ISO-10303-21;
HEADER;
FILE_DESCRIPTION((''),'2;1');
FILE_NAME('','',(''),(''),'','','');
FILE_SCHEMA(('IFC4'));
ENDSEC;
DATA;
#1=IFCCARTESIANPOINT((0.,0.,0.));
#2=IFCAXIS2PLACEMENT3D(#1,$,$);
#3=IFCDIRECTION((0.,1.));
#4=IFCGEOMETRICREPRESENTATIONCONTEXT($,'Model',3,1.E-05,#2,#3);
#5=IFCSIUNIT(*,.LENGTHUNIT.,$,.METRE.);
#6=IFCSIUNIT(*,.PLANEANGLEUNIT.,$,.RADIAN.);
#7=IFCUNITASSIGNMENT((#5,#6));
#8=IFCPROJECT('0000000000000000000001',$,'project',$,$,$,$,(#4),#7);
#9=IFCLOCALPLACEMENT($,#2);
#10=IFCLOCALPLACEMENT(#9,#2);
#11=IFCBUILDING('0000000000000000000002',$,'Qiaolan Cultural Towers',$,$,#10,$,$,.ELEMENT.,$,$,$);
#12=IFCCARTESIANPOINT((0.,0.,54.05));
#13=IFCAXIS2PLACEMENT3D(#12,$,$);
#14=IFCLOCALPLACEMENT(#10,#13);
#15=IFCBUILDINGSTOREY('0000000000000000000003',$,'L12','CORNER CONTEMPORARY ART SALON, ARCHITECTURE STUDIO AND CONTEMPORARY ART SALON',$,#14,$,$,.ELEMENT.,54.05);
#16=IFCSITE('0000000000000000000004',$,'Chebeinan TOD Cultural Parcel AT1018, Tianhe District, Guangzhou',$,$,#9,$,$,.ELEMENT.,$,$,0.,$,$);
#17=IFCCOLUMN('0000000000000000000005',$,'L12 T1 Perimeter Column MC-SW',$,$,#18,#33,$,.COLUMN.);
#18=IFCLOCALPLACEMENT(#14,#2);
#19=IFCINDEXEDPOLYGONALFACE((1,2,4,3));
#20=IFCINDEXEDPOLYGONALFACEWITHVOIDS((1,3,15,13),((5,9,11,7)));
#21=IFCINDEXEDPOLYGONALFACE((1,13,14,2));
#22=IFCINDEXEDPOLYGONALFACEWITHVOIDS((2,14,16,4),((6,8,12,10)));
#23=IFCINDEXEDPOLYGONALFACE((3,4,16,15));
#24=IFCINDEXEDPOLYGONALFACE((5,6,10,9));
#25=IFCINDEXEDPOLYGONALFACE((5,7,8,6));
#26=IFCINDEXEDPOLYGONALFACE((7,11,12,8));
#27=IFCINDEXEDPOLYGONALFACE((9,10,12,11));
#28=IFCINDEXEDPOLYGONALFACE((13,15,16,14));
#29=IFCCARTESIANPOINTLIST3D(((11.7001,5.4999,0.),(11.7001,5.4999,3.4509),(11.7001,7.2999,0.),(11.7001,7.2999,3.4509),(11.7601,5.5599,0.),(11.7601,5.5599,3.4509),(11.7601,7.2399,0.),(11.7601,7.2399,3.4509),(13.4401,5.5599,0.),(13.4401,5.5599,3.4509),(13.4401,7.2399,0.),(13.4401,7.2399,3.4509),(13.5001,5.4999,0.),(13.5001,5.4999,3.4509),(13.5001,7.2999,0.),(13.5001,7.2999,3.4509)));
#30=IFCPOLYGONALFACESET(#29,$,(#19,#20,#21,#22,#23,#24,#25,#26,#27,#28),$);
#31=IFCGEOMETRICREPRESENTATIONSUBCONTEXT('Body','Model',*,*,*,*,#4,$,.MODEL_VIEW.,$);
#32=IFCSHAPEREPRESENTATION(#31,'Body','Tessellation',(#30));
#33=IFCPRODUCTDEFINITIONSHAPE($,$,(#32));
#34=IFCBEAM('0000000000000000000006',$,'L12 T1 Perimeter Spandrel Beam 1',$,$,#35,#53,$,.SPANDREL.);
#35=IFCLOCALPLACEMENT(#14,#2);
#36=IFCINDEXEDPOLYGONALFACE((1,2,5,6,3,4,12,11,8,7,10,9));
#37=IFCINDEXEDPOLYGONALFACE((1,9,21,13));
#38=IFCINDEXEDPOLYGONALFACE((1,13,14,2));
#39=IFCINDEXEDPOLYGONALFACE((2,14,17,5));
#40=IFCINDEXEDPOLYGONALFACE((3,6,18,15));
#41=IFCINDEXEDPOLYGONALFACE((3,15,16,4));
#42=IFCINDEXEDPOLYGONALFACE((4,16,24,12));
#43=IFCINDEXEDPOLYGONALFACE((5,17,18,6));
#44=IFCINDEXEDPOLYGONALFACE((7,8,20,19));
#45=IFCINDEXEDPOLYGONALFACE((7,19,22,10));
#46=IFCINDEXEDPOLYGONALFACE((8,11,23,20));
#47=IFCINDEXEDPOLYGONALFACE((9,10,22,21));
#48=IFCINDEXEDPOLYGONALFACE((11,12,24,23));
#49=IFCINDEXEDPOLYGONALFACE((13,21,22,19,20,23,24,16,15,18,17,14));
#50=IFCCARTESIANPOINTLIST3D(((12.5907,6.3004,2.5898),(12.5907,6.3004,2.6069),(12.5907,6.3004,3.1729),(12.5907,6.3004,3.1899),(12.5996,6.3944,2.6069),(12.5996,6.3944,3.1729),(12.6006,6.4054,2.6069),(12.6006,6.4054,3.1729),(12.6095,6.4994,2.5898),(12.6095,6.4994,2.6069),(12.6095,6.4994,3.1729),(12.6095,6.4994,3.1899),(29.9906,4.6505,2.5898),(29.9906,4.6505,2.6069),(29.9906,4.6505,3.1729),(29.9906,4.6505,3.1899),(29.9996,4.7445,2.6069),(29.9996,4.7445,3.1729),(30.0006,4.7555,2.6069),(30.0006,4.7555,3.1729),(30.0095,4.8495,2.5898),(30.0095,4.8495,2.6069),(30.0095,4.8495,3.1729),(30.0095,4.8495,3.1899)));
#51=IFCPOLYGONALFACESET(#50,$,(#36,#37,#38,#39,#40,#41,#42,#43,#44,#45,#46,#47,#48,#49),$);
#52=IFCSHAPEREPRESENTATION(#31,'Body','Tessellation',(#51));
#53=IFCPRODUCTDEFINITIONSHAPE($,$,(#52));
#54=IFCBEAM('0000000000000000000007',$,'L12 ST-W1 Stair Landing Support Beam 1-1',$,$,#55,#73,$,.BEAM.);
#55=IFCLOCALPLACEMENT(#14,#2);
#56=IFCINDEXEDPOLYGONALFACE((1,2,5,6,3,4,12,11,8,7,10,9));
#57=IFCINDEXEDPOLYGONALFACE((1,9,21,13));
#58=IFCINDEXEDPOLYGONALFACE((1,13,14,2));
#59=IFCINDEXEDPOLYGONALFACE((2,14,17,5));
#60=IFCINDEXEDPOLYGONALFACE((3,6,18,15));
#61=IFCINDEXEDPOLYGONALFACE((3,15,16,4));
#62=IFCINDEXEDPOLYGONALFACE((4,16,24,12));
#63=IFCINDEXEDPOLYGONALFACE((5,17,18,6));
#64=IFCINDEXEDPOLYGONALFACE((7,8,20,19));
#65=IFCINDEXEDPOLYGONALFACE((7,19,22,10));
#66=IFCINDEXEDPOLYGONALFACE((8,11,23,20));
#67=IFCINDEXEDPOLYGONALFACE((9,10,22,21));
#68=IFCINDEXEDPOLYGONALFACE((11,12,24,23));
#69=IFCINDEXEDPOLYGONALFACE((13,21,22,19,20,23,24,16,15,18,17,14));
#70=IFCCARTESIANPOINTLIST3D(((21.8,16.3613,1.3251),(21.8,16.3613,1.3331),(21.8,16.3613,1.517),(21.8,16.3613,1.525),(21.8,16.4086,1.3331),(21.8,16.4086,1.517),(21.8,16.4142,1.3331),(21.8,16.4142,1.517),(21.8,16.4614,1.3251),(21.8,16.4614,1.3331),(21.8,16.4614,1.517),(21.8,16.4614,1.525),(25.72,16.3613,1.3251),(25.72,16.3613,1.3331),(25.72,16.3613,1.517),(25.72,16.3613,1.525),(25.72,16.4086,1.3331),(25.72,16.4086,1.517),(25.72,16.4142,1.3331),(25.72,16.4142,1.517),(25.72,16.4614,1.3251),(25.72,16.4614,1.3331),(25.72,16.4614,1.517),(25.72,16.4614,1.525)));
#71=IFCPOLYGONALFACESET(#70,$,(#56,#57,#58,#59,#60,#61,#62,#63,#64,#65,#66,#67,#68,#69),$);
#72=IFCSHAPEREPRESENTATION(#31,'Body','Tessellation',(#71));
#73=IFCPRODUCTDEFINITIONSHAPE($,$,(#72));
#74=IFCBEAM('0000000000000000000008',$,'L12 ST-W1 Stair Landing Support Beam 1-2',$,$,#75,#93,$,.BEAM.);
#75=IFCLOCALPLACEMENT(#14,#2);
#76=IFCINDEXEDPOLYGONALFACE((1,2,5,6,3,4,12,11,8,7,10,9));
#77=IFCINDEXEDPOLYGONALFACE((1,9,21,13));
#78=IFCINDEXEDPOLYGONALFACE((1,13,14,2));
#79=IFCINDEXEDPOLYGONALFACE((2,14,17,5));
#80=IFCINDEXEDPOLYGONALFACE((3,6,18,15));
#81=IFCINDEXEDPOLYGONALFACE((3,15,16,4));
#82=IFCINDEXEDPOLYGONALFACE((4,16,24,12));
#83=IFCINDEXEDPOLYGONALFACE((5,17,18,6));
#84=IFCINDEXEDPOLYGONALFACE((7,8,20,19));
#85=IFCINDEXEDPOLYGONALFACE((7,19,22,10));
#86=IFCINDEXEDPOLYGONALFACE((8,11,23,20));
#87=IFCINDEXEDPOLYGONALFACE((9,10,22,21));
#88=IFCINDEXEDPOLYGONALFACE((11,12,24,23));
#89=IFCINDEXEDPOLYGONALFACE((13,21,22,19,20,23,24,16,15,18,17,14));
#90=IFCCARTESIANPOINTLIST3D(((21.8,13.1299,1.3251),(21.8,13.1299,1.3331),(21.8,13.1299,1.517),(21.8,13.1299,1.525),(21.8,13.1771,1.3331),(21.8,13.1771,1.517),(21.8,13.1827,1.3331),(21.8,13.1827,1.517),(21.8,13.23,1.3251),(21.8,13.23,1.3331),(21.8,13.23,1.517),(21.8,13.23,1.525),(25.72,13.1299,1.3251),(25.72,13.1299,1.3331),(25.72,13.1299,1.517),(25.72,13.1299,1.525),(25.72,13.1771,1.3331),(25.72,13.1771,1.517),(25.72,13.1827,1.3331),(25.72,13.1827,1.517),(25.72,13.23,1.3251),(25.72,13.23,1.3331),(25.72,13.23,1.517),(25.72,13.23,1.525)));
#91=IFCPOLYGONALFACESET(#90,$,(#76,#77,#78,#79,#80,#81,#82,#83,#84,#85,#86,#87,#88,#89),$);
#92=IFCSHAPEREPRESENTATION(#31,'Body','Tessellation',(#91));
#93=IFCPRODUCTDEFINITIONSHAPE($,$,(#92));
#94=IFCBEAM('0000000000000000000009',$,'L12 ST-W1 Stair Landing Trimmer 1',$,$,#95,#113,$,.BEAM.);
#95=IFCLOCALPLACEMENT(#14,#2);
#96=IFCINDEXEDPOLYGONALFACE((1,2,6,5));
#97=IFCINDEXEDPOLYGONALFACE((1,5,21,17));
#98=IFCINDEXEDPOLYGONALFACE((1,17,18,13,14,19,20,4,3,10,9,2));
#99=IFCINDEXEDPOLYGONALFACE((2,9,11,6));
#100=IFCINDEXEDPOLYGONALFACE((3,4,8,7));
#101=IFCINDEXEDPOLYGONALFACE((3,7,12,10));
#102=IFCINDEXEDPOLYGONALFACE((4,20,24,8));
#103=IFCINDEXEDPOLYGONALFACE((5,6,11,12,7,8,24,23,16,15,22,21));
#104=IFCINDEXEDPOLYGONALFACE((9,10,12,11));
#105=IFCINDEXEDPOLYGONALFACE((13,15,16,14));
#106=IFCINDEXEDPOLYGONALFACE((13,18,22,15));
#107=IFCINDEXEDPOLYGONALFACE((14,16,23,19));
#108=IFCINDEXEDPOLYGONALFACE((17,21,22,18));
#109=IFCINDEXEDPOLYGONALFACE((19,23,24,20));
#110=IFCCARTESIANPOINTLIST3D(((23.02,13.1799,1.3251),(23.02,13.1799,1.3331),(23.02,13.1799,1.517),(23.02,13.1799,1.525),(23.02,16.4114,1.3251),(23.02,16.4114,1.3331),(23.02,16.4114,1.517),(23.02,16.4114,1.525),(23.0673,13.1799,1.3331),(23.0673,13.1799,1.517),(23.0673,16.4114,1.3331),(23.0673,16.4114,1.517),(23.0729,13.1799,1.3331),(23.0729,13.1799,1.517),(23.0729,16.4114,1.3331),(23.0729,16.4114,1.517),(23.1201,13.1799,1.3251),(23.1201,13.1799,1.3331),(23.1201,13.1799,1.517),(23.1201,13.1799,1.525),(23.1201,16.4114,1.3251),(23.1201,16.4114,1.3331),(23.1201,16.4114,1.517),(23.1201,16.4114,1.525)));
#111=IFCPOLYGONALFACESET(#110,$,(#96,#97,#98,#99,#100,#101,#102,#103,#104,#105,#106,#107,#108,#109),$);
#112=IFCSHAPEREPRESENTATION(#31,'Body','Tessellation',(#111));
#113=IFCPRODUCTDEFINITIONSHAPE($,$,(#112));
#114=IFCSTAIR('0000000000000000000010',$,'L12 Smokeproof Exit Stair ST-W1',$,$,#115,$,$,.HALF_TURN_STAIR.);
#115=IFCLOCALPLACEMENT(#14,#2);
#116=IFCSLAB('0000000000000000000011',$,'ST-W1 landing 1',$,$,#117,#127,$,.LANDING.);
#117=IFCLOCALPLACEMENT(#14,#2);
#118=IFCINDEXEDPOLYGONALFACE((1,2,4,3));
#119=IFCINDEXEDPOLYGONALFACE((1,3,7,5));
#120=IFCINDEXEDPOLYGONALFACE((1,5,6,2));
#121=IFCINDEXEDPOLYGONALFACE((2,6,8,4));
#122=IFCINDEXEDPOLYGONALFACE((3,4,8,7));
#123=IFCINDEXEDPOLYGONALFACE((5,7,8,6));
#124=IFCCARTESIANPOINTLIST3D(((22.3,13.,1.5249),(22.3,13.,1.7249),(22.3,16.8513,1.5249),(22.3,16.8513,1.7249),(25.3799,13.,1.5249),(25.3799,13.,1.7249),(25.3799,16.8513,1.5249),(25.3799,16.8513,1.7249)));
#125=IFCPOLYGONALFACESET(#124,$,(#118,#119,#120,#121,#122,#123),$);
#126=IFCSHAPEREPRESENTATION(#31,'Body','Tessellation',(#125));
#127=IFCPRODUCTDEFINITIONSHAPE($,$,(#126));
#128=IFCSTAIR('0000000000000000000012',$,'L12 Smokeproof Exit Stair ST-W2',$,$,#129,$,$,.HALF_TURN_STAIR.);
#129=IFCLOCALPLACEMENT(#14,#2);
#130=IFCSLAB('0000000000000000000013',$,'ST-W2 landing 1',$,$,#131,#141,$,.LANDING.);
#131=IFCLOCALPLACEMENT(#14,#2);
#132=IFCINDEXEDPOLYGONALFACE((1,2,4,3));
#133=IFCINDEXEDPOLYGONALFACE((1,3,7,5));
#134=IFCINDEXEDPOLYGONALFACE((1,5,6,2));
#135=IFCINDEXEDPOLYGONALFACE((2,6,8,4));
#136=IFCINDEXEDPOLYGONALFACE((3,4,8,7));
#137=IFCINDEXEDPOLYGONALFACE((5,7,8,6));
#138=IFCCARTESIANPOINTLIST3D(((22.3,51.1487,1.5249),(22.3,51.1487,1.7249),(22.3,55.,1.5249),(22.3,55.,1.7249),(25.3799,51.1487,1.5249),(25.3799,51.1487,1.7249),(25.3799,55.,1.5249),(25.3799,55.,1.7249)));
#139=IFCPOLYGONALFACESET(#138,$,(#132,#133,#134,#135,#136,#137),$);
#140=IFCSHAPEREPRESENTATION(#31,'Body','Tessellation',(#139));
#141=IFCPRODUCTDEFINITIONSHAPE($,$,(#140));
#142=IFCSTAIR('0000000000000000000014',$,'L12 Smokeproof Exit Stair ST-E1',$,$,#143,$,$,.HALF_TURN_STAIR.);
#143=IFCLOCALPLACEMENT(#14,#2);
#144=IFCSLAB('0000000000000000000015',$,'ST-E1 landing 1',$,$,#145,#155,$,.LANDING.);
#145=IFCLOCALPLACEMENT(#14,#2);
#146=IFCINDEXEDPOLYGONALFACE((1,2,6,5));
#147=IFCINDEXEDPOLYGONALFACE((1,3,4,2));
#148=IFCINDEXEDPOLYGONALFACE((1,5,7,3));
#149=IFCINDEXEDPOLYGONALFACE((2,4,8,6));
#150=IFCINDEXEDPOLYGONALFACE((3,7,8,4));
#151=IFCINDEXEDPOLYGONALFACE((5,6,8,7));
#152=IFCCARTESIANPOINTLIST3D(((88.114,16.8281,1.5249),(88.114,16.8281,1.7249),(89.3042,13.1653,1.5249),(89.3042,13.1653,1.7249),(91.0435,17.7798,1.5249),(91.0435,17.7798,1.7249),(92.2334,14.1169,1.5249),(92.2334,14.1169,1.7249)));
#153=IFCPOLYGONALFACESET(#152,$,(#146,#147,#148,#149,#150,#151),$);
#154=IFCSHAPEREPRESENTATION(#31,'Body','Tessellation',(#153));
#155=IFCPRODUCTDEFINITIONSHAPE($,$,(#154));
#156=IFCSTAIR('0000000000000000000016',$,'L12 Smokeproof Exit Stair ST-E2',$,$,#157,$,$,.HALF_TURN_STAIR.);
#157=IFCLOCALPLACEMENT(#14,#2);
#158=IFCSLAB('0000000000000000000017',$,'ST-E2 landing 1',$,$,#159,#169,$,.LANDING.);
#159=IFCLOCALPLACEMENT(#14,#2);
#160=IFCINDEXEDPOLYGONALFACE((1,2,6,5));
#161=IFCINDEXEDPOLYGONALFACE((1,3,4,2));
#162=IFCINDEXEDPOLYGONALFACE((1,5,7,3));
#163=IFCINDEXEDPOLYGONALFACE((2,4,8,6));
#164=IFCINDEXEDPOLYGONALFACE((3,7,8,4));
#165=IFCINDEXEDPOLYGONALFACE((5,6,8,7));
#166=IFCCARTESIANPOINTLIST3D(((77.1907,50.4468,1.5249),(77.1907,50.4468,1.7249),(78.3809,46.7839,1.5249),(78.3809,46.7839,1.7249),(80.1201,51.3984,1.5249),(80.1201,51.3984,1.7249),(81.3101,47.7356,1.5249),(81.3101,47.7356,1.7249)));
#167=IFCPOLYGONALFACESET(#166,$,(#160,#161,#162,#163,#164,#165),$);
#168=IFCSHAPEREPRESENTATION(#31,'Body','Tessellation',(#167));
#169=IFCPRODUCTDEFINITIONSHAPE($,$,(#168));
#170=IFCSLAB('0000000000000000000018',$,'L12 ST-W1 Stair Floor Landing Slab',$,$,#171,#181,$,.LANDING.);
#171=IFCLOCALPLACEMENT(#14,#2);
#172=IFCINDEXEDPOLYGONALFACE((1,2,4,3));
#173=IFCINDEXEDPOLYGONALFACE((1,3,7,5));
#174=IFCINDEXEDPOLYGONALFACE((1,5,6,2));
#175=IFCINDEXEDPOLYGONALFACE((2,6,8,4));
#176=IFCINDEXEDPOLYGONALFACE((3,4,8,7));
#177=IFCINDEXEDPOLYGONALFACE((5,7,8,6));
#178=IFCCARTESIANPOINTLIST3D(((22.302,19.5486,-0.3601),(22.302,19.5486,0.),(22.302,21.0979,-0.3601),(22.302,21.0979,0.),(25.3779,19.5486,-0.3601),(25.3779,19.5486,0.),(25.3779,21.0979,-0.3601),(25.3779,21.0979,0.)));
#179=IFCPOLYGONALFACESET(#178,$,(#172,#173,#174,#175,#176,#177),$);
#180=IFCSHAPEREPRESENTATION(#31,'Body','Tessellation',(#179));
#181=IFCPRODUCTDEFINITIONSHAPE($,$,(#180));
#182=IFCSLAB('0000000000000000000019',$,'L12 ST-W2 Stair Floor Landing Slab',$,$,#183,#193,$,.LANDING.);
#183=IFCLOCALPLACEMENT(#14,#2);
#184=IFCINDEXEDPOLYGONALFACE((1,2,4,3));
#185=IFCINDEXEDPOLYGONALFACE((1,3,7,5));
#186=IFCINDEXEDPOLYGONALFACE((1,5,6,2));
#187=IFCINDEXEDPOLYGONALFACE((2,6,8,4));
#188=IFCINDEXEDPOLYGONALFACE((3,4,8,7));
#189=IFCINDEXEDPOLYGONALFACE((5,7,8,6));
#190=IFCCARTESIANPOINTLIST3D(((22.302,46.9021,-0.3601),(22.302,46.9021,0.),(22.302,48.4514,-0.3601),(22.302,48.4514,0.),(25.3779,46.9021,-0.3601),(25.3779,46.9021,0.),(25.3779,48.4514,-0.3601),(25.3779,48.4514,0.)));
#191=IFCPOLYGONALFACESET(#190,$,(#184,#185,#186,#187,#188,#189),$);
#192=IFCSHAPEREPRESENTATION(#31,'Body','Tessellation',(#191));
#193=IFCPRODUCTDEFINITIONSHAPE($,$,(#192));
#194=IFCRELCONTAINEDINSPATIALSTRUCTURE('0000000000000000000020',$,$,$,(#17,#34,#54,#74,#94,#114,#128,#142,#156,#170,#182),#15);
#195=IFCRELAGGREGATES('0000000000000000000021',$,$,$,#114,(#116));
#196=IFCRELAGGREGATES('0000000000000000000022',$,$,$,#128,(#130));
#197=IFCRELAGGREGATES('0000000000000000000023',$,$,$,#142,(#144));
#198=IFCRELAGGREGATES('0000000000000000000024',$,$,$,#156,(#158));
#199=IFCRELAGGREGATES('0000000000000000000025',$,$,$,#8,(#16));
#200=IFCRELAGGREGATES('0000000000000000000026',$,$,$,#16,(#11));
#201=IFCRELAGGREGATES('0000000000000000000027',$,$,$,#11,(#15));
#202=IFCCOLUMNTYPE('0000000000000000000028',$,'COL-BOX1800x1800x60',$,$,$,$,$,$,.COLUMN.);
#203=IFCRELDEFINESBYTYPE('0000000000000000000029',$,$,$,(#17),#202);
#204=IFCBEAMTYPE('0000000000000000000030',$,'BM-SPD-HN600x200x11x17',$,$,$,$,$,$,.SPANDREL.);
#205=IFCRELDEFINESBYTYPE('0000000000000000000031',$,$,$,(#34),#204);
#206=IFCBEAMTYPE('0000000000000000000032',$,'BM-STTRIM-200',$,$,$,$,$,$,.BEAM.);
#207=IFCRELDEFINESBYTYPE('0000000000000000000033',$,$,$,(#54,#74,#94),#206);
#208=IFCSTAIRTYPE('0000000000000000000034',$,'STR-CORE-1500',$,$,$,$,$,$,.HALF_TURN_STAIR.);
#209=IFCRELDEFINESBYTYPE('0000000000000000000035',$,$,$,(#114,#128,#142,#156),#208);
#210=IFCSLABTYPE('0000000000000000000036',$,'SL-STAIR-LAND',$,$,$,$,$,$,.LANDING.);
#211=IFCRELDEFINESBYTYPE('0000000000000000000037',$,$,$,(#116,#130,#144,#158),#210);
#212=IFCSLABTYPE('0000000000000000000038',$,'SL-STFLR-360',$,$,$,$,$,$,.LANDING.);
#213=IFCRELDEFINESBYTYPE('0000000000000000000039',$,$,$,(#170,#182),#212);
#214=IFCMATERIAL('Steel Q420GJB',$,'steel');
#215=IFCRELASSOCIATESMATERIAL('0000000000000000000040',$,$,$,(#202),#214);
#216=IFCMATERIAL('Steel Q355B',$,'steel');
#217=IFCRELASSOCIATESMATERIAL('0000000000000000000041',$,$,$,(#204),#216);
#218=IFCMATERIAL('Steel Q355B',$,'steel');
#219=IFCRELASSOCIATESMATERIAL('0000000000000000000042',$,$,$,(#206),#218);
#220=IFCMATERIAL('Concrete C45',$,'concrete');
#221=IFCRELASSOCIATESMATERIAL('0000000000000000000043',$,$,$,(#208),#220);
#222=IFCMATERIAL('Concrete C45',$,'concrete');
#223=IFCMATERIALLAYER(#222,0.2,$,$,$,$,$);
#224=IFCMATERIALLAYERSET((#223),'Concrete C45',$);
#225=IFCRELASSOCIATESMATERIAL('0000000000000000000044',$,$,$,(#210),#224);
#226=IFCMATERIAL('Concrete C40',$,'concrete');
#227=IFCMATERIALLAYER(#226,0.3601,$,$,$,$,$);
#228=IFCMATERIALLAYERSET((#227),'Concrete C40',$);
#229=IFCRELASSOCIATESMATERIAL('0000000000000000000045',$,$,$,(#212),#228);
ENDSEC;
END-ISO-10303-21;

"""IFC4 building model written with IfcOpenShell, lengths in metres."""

from ifc_helpers import new_model, si_unit, direction, frame, origin, origin_2d, place, context, subcontext, project, spatial, polyline, hollow_rectangle, i_section, outline, extrude, material, layer, layer_set, material_profile, profile_set, type_object, element, aggregate, save


model = new_model("IFC4")

# Units and contexts
model_context = context("Model", 3, precision=1e-05, world=origin(), true_north=direction((0.0, 1.0)))
body_context = subcontext(model_context, "Body", "Model", "MODEL_VIEW")
ifc_project = project(units=[si_unit("LENGTHUNIT", "METRE"), si_unit("PLANEANGLEUNIT", "RADIAN")], contexts=[model_context])

# Site, building, storey
site_placement = place(None, origin())
site = spatial("IfcSite", under=ifc_project, at=site_placement, Name="Chebeinan TOD Cultural Parcel AT1018, Tianhe District, Guangzhou", CompositionType="ELEMENT", RefElevation=0.0)
building_placement = place(site_placement, origin())
building = spatial("IfcBuilding", under=site, at=building_placement, Name="Qiaolan Cultural Towers", CompositionType="ELEMENT")
storey_placement = place(building_placement, frame((0.0, 0.0, 54.05)))
storey = spatial("IfcBuildingStorey", under=building, at=storey_placement, Name="L12", Description="CORNER CONTEMPORARY ART SALON, ARCHITECTURE STUDIO AND CONTEMPORARY ART SALON", CompositionType="ELEMENT", Elevation=54.05)

# Column
ifc_material_1 = material(Name="Steel Q420GJB", Category="steel")
ifc_material_profile_1 = material_profile(ifc_material_1, hollow_rectangle(XDim=1.8, YDim=1.8, WallThickness=0.0601, at=origin_2d()), Name="BOX1800x1800x60")
ifc_profile_set_1 = profile_set([ifc_material_profile_1], Name="Steel Q420GJB")
column_type = type_object("IfcColumnType", Name="COL-BOX1800x1800x60", PredefinedType="COLUMN", material=ifc_profile_set_1)
column_placement = place(storey_placement, frame((12.6001, 6.3999, 0.0), z_axis=(0.0, 0.0, 1.0), x_axis=(1.0, 0.0, 0.0)))
element("IfcColumn", 1, at=column_placement, inside=storey, type_object=column_type, Name="L12 T1 Perimeter Column MC-SW", PredefinedType="COLUMN", context=body_context, shape_type="SweptSolid", body=[
    extrude(hollow_rectangle(XDim=1.8, YDim=1.8, WallThickness=0.0601, at=origin_2d()), origin(), (0.0, 0.0, 1.0), 3.4509),
])

# Beams
ifc_material_2 = material(Name="Steel Q355B", Category="steel")
ifc_material_profile_2 = material_profile(ifc_material_2, i_section(OverallWidth=0.2, OverallDepth=0.6001, WebThickness=0.011, FlangeThickness=0.0171, at=origin_2d()), Name="HN600x200x11x17")
ifc_profile_set_2 = profile_set([ifc_material_profile_2], Name="Steel Q355B")
beam_type_1 = type_object("IfcBeamType", Name="BM-SPD-HN600x200x11x17", PredefinedType="SPANDREL", material=ifc_profile_set_2)
beam_1_placement = place(storey_placement, frame((12.6001, 6.3999, 2.8899), z_axis=(0.995534, -0.094399, 0.0), x_axis=(0.094399, 0.995534, 0.0)))
element("IfcBeam", 2, at=beam_1_placement, inside=storey, type_object=beam_type_1, Name="L12 T1 Perimeter Spandrel Beam 1", PredefinedType="SPANDREL", context=body_context, shape_type="SweptSolid", body=[
    extrude(i_section(OverallWidth=0.2, OverallDepth=0.6001, WebThickness=0.011, FlangeThickness=0.0171, at=origin_2d()), origin(), (0.0, 0.0, 1.0), 17.478),
])
ifc_material_3 = material(Name="Steel Q355B", Category="steel")
ifc_material_profile_3 = material_profile(ifc_material_3, i_section(OverallWidth=0.1001, OverallDepth=0.2, WebThickness=0.0056, FlangeThickness=0.0081, at=origin_2d()), Name="HN200x100x5.5x8")
ifc_profile_set_3 = profile_set([ifc_material_profile_3], Name="Steel Q355B")
beam_type_2 = type_object("IfcBeamType", Name="BM-STTRIM-200", PredefinedType="BEAM", material=ifc_profile_set_3)
for number, where, z_axis, x_axis, name in (
    (3, (21.8, 16.4114, 1.425), (1.0, 0.0, 0.0), (0.0, 1.0, 0.0), "L12 ST-W1 Stair Landing Support Beam 1-1"),
    (4, (21.8, 13.1799, 1.425), (1.0, 0.0, 0.0), (0.0, 1.0, 0.0), "L12 ST-W1 Stair Landing Support Beam 1-2"),
):
    element("IfcBeam", number, at=place(storey_placement, frame(where, z_axis=z_axis, x_axis=x_axis)), inside=storey, type_object=beam_type_2, Name=name, PredefinedType="BEAM", context=body_context, shape_type="SweptSolid", body=[
        extrude(i_section(OverallWidth=0.1001, OverallDepth=0.2, WebThickness=0.0056, FlangeThickness=0.0081, at=origin_2d()), origin(), (0.0, 0.0, 1.0), 3.9199),
    ])
beam_2_placement = place(storey_placement, frame((23.0701, 16.4114, 1.425), z_axis=(0.0, -1.0, 0.0), x_axis=(1.0, 0.0, 0.0)))
element("IfcBeam", 5, at=beam_2_placement, inside=storey, type_object=beam_type_2, Name="L12 ST-W1 Stair Landing Trimmer 1", PredefinedType="BEAM", context=body_context, shape_type="SweptSolid", body=[
    extrude(i_section(OverallWidth=0.1001, OverallDepth=0.2, WebThickness=0.0056, FlangeThickness=0.0081, at=origin_2d()), origin(), (0.0, 0.0, 1.0), 3.2314),
])

# Stairs, slabs
ifc_material_4 = material(Name="Concrete C45", Category="concrete")
stair_type = type_object("IfcStairType", Name="STR-CORE-1500", PredefinedType="HALF_TURN_STAIR", material=ifc_material_4)
stair_1_placement = place(storey_placement, origin())
stair_1 = element("IfcStair", 6, at=stair_1_placement, inside=storey, type_object=stair_type, Name="L12 Smokeproof Exit Stair ST-W1", PredefinedType="HALF_TURN_STAIR")
ifc_material_5 = material(Name="Concrete C45", Category="concrete")
ifc_layer_1 = layer(ifc_material_5, 0.2)
ifc_layer_set_1 = layer_set([ifc_layer_1], Name="Concrete C45")
slab_type_1 = type_object("IfcSlabType", Name="SL-STAIR-LAND", PredefinedType="LANDING", material=ifc_layer_set_1)
slab_1_placement = place(storey_placement, frame((0.0, 0.0, 1.5249)))
slab_1 = element("IfcSlab", 7, at=slab_1_placement, type_object=slab_type_1, Name="ST-W1 landing 1", PredefinedType="LANDING", context=body_context, shape_type="SweptSolid", body=[
    extrude(outline(polyline([(22.3, 16.8513), (22.3, 13.0), (25.3799, 13.0), (25.3799, 16.8513), (22.3, 16.8513)])), origin(), (0.0, 0.0, 1.0), 0.2),
])
aggregate(stair_1, [slab_1])
stair_2_placement = place(storey_placement, origin())
stair_2 = element("IfcStair", 8, at=stair_2_placement, inside=storey, type_object=stair_type, Name="L12 Smokeproof Exit Stair ST-W2", PredefinedType="HALF_TURN_STAIR")
slab_2_placement = place(storey_placement, frame((0.0, 0.0, 1.5249)))
slab_2 = element("IfcSlab", 9, at=slab_2_placement, type_object=slab_type_1, Name="ST-W2 landing 1", PredefinedType="LANDING", context=body_context, shape_type="SweptSolid", body=[
    extrude(outline(polyline([(25.3799, 51.1487), (25.3799, 55.0), (22.3, 55.0), (22.3, 51.1487), (25.3799, 51.1487)])), origin(), (0.0, 0.0, 1.0), 0.2),
])
aggregate(stair_2, [slab_2])
stair_3_placement = place(storey_placement, origin())
stair_3 = element("IfcStair", 10, at=stair_3_placement, inside=storey, type_object=stair_type, Name="L12 Smokeproof Exit Stair ST-E1", PredefinedType="HALF_TURN_STAIR")
slab_3_placement = place(storey_placement, frame((0.0, 0.0, 1.5249)))
slab_3 = element("IfcSlab", 11, at=slab_3_placement, type_object=slab_type_1, Name="ST-E1 landing 1", PredefinedType="LANDING", context=body_context, shape_type="SweptSolid", body=[
    extrude(outline(polyline([(88.114, 16.8281), (89.3042, 13.1653), (92.2334, 14.1169), (91.0435, 17.7798), (88.114, 16.8281)])), origin(), (0.0, 0.0, 1.0), 0.2),
])
aggregate(stair_3, [slab_3])
stair_4_placement = place(storey_placement, origin())
stair_4 = element("IfcStair", 12, at=stair_4_placement, inside=storey, type_object=stair_type, Name="L12 Smokeproof Exit Stair ST-E2", PredefinedType="HALF_TURN_STAIR")
slab_4_placement = place(storey_placement, frame((0.0, 0.0, 1.5249)))
slab_4 = element("IfcSlab", 13, at=slab_4_placement, type_object=slab_type_1, Name="ST-E2 landing 1", PredefinedType="LANDING", context=body_context, shape_type="SweptSolid", body=[
    extrude(outline(polyline([(81.3101, 47.7356), (80.1201, 51.3984), (77.1907, 50.4468), (78.3809, 46.7839), (81.3101, 47.7356)])), origin(), (0.0, 0.0, 1.0), 0.2),
])
aggregate(stair_4, [slab_4])

# Slabs
ifc_material_6 = material(Name="Concrete C40", Category="concrete")
ifc_layer_2 = layer(ifc_material_6, 0.3601)
ifc_layer_set_2 = layer_set([ifc_layer_2], Name="Concrete C40")
slab_type_2 = type_object("IfcSlabType", Name="SL-STFLR-360", PredefinedType="LANDING", material=ifc_layer_set_2)
slab_5_placement = place(storey_placement, frame((0.0, 0.0, -0.3601)))
element("IfcSlab", 14, at=slab_5_placement, inside=storey, type_object=slab_type_2, Name="L12 ST-W1 Stair Floor Landing Slab", PredefinedType="LANDING", context=body_context, shape_type="SweptSolid", body=[
    extrude(outline(polyline([(22.302, 21.0979), (22.302, 19.5486), (25.3779, 19.5486), (25.3779, 21.0979), (22.302, 21.0979)])), origin(), (0.0, 0.0, 1.0), 0.3601),
])
slab_6_placement = place(storey_placement, frame((0.0, 0.0, -0.3601)))
element("IfcSlab", 15, at=slab_6_placement, inside=storey, type_object=slab_type_2, Name="L12 ST-W2 Stair Floor Landing Slab", PredefinedType="LANDING", context=body_context, shape_type="SweptSolid", body=[
    extrude(outline(polyline([(25.3779, 46.9021), (25.3779, 48.4514), (22.302, 48.4514), (22.302, 46.9021), (25.3779, 46.9021)])), origin(), (0.0, 0.0, 1.0), 0.3601),
])

save(model, "model.ifc")
